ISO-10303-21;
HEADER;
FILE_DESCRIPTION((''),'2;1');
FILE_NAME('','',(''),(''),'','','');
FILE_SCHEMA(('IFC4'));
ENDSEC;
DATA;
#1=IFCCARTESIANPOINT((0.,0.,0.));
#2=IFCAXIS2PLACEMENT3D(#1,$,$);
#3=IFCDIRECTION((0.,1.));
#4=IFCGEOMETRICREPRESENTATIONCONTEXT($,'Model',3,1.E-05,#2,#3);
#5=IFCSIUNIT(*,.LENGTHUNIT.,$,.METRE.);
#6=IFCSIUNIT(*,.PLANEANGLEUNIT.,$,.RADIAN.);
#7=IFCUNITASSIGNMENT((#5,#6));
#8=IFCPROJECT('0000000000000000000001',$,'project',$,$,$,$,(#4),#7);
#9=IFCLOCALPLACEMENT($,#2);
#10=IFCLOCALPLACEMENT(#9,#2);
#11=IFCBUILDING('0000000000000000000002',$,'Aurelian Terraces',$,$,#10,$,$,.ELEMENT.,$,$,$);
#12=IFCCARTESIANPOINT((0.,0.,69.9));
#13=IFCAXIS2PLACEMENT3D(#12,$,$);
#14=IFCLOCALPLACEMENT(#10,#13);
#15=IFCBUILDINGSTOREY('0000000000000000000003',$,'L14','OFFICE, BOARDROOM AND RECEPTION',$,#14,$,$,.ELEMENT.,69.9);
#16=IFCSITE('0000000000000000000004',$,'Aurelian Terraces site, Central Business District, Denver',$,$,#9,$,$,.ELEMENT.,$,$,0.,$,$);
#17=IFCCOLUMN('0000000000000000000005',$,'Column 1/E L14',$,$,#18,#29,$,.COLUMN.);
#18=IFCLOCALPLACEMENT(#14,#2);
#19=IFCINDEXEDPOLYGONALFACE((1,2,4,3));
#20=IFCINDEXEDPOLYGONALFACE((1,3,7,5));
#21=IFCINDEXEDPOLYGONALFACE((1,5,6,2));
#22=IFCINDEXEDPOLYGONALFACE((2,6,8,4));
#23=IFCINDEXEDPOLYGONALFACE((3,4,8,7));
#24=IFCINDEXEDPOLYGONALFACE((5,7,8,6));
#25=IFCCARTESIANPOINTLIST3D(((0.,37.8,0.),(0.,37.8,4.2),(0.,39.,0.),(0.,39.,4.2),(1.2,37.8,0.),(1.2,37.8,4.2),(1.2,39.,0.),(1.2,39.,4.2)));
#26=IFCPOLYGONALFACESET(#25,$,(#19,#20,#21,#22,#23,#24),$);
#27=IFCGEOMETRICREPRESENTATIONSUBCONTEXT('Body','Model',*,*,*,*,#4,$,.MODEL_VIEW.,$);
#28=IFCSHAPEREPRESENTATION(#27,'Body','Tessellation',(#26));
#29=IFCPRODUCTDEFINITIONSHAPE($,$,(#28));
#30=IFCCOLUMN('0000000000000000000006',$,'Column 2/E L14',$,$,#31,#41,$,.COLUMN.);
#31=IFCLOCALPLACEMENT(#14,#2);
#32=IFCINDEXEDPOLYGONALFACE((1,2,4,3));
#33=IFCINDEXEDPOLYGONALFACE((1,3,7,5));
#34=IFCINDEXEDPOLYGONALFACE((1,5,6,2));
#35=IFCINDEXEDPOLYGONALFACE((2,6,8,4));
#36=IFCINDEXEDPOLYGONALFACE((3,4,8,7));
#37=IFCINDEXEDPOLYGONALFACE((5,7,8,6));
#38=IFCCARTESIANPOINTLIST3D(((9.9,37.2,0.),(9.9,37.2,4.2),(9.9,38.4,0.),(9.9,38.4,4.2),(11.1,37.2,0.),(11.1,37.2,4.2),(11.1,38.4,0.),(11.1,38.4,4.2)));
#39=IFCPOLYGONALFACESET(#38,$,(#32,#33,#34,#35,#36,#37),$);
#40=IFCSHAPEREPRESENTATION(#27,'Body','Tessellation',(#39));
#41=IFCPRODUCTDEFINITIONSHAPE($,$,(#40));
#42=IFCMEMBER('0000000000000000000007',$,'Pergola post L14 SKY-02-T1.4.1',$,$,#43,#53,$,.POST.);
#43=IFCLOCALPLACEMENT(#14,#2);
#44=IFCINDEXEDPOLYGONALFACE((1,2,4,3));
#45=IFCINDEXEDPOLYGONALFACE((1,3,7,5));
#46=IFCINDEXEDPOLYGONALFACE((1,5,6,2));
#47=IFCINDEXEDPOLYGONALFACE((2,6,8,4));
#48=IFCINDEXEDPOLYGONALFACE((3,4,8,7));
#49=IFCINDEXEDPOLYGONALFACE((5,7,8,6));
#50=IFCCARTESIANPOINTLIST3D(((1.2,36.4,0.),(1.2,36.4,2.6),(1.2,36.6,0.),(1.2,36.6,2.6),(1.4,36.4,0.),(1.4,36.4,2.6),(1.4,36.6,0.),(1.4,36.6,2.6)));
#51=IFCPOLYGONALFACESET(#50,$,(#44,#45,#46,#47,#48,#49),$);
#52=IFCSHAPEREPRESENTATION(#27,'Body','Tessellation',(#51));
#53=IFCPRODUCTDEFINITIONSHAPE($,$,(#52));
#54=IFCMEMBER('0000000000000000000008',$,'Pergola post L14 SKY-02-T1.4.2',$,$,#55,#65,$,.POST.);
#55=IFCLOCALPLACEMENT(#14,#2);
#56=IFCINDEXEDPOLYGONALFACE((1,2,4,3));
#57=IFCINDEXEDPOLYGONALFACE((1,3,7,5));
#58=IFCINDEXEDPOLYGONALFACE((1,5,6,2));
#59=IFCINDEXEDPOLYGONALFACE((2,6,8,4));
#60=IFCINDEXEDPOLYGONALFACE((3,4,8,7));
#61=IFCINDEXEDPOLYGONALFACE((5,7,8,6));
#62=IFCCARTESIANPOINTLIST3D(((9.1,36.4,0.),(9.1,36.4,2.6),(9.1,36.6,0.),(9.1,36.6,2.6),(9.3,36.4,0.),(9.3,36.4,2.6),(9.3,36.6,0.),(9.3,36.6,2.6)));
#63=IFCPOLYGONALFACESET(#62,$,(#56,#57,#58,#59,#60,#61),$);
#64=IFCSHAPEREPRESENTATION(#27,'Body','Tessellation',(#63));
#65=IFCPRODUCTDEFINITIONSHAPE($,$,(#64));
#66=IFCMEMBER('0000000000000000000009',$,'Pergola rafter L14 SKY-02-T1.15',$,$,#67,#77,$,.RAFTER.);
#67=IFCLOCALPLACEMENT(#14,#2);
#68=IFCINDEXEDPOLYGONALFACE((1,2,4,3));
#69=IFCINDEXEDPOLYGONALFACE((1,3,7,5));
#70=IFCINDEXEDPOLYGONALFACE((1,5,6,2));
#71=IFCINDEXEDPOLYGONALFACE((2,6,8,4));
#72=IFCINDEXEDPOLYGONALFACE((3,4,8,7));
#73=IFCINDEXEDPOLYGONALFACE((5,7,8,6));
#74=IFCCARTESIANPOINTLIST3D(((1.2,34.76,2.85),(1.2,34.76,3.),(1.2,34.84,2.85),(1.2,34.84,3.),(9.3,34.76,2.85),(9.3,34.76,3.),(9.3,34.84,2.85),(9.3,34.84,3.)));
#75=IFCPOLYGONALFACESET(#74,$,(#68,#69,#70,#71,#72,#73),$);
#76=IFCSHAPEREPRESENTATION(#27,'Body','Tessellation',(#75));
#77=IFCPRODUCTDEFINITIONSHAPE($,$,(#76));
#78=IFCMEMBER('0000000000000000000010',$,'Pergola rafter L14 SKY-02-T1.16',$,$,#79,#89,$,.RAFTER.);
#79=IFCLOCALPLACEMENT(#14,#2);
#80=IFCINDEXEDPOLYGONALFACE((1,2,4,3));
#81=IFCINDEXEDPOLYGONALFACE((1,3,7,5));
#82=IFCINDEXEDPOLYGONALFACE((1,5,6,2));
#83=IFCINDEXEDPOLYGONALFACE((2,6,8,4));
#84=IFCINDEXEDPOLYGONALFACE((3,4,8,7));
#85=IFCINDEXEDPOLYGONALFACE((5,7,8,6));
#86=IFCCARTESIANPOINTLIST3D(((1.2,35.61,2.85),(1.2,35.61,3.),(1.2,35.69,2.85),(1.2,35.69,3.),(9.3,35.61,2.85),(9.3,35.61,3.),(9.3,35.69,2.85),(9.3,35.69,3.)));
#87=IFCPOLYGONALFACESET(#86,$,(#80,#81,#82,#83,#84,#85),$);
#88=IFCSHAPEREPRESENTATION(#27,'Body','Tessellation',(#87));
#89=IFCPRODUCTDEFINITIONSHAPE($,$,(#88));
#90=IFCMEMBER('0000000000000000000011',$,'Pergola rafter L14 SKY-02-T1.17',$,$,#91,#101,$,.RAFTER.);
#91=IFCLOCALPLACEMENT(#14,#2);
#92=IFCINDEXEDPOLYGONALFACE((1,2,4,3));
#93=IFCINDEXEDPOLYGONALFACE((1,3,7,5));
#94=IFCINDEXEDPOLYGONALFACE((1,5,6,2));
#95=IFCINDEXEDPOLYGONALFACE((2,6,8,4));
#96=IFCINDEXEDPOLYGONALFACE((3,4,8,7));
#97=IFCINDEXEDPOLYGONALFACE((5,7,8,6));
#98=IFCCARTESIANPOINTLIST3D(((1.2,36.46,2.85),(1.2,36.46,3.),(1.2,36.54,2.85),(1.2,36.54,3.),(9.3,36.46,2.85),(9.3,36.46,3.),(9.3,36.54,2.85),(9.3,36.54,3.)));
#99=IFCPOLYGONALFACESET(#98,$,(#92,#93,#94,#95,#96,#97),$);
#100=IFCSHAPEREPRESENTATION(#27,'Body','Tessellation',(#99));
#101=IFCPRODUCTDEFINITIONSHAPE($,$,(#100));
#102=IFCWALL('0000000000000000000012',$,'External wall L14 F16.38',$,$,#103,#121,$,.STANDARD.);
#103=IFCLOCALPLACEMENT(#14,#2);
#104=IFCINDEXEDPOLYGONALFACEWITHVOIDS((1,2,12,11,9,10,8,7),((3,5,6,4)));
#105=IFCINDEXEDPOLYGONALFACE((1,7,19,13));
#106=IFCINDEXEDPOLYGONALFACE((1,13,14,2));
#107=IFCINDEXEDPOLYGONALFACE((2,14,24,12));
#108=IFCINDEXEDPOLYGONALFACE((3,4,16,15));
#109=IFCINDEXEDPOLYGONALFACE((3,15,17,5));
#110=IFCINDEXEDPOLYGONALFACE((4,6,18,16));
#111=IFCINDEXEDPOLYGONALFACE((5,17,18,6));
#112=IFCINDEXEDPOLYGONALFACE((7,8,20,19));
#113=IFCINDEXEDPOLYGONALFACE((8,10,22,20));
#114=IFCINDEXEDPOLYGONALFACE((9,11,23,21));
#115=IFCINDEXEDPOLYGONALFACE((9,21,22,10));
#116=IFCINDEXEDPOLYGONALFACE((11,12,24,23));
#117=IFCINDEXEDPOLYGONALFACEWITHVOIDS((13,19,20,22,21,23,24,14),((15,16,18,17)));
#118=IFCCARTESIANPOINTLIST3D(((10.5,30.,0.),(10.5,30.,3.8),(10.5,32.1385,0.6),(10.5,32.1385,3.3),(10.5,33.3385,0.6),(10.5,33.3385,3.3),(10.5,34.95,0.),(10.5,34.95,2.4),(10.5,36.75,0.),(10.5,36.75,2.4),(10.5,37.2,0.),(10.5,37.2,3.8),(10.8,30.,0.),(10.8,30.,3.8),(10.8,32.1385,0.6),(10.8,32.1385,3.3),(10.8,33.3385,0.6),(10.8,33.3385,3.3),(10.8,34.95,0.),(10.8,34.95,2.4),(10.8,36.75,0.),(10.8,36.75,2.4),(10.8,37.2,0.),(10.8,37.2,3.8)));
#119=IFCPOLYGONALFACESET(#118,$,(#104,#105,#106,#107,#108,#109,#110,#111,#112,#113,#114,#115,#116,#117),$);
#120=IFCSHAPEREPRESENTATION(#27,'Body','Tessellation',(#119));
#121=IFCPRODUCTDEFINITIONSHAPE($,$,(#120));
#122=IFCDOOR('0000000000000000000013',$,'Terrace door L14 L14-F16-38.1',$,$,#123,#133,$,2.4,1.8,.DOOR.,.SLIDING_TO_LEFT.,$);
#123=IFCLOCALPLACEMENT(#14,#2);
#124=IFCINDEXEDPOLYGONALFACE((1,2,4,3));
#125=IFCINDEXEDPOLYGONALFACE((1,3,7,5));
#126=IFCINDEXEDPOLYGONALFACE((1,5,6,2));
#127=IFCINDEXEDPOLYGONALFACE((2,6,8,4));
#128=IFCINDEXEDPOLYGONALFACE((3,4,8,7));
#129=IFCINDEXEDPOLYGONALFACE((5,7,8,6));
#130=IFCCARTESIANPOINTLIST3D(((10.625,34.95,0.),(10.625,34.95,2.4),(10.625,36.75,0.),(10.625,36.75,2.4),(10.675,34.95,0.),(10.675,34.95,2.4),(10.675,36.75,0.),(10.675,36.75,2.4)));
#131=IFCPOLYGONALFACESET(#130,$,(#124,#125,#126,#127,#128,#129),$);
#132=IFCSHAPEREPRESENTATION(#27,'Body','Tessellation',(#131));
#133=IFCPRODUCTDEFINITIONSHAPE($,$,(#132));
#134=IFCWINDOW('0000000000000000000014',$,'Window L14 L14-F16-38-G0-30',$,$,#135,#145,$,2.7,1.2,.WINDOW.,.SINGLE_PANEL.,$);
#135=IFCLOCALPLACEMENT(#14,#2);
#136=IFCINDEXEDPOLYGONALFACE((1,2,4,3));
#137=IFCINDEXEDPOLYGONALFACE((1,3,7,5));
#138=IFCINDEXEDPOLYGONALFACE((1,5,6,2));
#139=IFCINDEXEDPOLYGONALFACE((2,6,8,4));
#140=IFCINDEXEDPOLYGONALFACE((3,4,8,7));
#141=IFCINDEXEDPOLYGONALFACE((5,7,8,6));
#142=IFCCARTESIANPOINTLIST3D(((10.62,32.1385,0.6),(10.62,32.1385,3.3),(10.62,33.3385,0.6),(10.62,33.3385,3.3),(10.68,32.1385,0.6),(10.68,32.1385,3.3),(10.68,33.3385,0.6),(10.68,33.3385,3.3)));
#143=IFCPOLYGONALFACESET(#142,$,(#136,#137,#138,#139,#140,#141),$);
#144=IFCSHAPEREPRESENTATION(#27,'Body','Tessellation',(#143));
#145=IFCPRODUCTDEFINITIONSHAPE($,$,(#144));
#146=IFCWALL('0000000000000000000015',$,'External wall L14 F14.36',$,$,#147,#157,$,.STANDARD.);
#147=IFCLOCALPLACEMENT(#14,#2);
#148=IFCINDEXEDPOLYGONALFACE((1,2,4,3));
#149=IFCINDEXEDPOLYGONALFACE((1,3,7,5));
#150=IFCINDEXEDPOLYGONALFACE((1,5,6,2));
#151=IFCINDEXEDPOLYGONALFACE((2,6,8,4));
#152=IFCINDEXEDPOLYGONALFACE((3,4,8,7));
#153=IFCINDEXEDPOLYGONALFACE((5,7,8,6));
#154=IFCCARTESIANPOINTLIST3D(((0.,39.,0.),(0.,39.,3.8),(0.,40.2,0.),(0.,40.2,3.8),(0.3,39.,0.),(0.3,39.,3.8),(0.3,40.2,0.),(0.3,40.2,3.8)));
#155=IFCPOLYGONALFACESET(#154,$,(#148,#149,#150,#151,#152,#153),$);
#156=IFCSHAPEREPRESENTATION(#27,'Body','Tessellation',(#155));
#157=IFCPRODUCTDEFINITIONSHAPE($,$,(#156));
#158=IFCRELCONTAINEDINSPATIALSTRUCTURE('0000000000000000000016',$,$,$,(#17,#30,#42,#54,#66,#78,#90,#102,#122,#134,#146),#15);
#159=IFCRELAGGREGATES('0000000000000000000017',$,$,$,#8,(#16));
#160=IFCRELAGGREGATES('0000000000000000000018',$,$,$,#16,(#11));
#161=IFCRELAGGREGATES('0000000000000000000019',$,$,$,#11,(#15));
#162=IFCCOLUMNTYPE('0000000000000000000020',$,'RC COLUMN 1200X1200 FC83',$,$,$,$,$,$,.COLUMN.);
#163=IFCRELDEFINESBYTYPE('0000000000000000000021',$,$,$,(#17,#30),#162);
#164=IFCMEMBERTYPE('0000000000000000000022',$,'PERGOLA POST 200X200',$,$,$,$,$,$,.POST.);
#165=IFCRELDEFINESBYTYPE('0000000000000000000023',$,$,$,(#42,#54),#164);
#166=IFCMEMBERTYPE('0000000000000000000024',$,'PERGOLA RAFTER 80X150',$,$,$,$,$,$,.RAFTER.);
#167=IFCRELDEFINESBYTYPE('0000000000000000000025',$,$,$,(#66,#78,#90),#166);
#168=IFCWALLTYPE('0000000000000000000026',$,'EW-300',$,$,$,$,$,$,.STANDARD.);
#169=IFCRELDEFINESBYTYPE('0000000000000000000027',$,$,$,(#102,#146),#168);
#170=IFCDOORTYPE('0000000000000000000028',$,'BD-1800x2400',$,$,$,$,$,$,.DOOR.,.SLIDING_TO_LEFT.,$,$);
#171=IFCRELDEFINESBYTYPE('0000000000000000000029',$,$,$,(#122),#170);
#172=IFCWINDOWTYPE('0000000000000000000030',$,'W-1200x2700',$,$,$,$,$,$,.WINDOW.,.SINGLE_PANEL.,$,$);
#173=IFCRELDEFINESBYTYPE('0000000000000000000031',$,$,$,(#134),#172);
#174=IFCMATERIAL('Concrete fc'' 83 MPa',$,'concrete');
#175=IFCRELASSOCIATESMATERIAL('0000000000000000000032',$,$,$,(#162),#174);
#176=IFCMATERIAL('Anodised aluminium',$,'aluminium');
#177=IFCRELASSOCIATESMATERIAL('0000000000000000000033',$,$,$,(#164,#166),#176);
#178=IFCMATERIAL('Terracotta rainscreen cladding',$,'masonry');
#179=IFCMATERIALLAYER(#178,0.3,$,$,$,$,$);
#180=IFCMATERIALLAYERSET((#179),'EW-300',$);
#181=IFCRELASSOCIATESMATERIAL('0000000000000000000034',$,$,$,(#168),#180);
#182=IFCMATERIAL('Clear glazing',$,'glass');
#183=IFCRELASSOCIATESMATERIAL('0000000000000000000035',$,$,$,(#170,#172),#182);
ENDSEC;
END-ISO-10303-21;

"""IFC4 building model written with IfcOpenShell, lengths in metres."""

from ifc_helpers import new_model, si_unit, direction, frame, frame_2d, origin, origin_2d, place, context, subcontext, project, spatial, rectangle, extrude, source, transform, mapped, material, layer, layer_set, material_profile, profile_set, type_object, element, fill, save


model = new_model("IFC4")

# Units and contexts
model_context = context("Model", 3, precision=1e-05, world=origin(), true_north=direction((0.0, 1.0)))
body_context = subcontext(model_context, "Body", "Model", "MODEL_VIEW")
ifc_project = project(units=[si_unit("LENGTHUNIT", "METRE"), si_unit("PLANEANGLEUNIT", "RADIAN")], contexts=[model_context])

# Site, building, storey
site_placement = place(None, origin())
site = spatial("IfcSite", under=ifc_project, at=site_placement, Name="Aurelian Terraces site, Central Business District, Denver", CompositionType="ELEMENT", RefElevation=0.0)
building_placement = place(site_placement, origin())
building = spatial("IfcBuilding", under=site, at=building_placement, Name="Aurelian Terraces", CompositionType="ELEMENT")
storey_placement = place(building_placement, frame((0.0, 0.0, 69.9)))
storey = spatial("IfcBuildingStorey", under=building, at=storey_placement, Name="L14", Description="OFFICE, BOARDROOM AND RECEPTION", CompositionType="ELEMENT", Elevation=69.9)

# Columns
ifc_material_1 = material(Name="Concrete fc' 83 MPa", Category="concrete")
ifc_material_profile_1 = material_profile(ifc_material_1, rectangle(XDim=1.2, YDim=1.2, at=origin_2d()))
ifc_profile_set_1 = profile_set([ifc_material_profile_1], Name="Concrete fc' 83 MPa")
column_type = type_object("IfcColumnType", Name="RC COLUMN 1200X1200 FC83", PredefinedType="COLUMN", material=ifc_profile_set_1)
shared_shape_1 = source(origin(), body_context, "Body", "SweptSolid", [
    extrude(rectangle(XDim=1.2, YDim=1.2, at=origin_2d()), origin(), (0.0, 0.0, 1.0), 4.2),
])
for number, where, z_axis, x_axis, name in (
    (1, (0.6, 38.4, 0.0), (0.0, 0.0, 1.0), (1.0, 0.0, 0.0), "Column 1/E L14"),
    (2, (10.5, 37.8, 0.0), (0.0, 0.0, 1.0), (1.0, 0.0, 0.0), "Column 2/E L14"),
):
    element("IfcColumn", number, at=place(storey_placement, frame(where, z_axis=z_axis, x_axis=x_axis)), inside=storey, type_object=column_type, Name=name, PredefinedType="COLUMN", context=body_context, shape_type="MappedRepresentation", body=[
        mapped(shared_shape_1, transform((0.0, 0.0, 0.0), scale=1.0)),
    ])

# Members
ifc_material_2 = material(Name="Anodised aluminium", Category="aluminium")
ifc_material_profile_2 = material_profile(ifc_material_2, rectangle(XDim=0.2, YDim=0.2, at=origin_2d()))
ifc_profile_set_2 = profile_set([ifc_material_profile_2], Name="Anodised aluminium")
member_type_1 = type_object("IfcMemberType", Name="PERGOLA POST 200X200", PredefinedType="POST", material=ifc_profile_set_2)
shared_shape_2 = source(origin(), body_context, "Body", "SweptSolid", [
    extrude(rectangle(XDim=0.2, YDim=0.2, at=origin_2d()), origin(), (0.0, 0.0, 1.0), 2.6),
])
for number, where, z_axis, x_axis, name in (
    (3, (1.3, 36.5, 0.0), (0.0, 0.0, 1.0), (1.0, 0.0, 0.0), "Pergola post L14 SKY-02-T1.4.1"),
    (4, (9.2, 36.5, 0.0), (0.0, 0.0, 1.0), (1.0, 0.0, 0.0), "Pergola post L14 SKY-02-T1.4.2"),
):
    element("IfcMember", number, at=place(storey_placement, frame(where, z_axis=z_axis, x_axis=x_axis)), inside=storey, type_object=member_type_1, Name=name, PredefinedType="POST", context=body_context, shape_type="MappedRepresentation", body=[
        mapped(shared_shape_2, transform((0.0, 0.0, 0.0), scale=1.0)),
    ])
ifc_material_profile_3 = material_profile(ifc_material_2, rectangle(XDim=0.08, YDim=0.15, at=origin_2d()))
ifc_profile_set_3 = profile_set([ifc_material_profile_3], Name="Anodised aluminium")
member_type_2 = type_object("IfcMemberType", Name="PERGOLA RAFTER 80X150", PredefinedType="RAFTER", material=ifc_profile_set_3)
shared_shape_3 = source(origin(), body_context, "Body", "SweptSolid", [
    extrude(rectangle(XDim=0.08, YDim=0.15, at=origin_2d()), origin(), (0.0, 0.0, 1.0), 8.1),
])
for number, where, z_axis, x_axis, name in (
    (5, (1.2, 34.8, 2.925), (1.0, 0.0, 0.0), (0.0, 1.0, 0.0), "Pergola rafter L14 SKY-02-T1.15"),
    (6, (1.2, 35.65, 2.925), (1.0, 0.0, 0.0), (0.0, 1.0, 0.0), "Pergola rafter L14 SKY-02-T1.16"),
    (7, (1.2, 36.5, 2.925), (1.0, 0.0, 0.0), (0.0, 1.0, 0.0), "Pergola rafter L14 SKY-02-T1.17"),
):
    element("IfcMember", number, at=place(storey_placement, frame(where, z_axis=z_axis, x_axis=x_axis)), inside=storey, type_object=member_type_2, Name=name, PredefinedType="RAFTER", context=body_context, shape_type="MappedRepresentation", body=[
        mapped(shared_shape_3, transform((0.0, 0.0, 0.0), scale=1.0)),
    ])

# Wall, openings, door, window
ifc_material_3 = material(Name="Terracotta rainscreen cladding", Category="masonry")
ifc_layer_1 = layer(ifc_material_3, 0.3)
ifc_layer_set_1 = layer_set([ifc_layer_1], Name="EW-300")
wall_type_1 = type_object("IfcWallType", Name="EW-300", PredefinedType="STANDARD", material=ifc_layer_set_1)
shared_shape_4 = source(origin(), body_context, "Body", "SweptSolid", [
    extrude(rectangle(XDim=7.2, YDim=0.3, at=frame_2d((3.6, 0.0))), origin(), (0.0, 0.0, 1.0), 3.8),
])
wall_1_placement = place(storey_placement, frame((10.65, 37.2, 0.0), z_axis=(0.0, 0.0, 1.0), x_axis=(0.0, -1.0, 0.0)))
wall_1 = element("IfcWall", 8, at=wall_1_placement, inside=storey, type_object=wall_type_1, Name="External wall L14 F16.38", PredefinedType="STANDARD", context=body_context, shape_type="MappedRepresentation", body=[
    mapped(shared_shape_4, transform((0.0, 0.0, 0.0), scale=1.0)),
])
shared_shape_5 = source(origin(), body_context, "Body", "SweptSolid", [
    extrude(rectangle(XDim=1.8, YDim=2.4, at=frame_2d((0.9, 1.2))), frame((0.0, 0.16, 0.0), z_axis=(0.0, -1.0, 0.0), x_axis=(1.0, 0.0, 0.0)), (0.0, 0.0, 1.0), 0.32),
])
opening_1_placement = place(wall_1_placement, frame((0.45, 0.0, 0.0)))
opening_1 = element("IfcOpeningElement", 9, at=opening_1_placement, cuts=wall_1, PredefinedType="OPENING", context=body_context, shape_type="MappedRepresentation", body=[
    mapped(shared_shape_5, transform((0.0, 0.0, 0.0), scale=1.0)),
])
shared_shape_6 = source(origin(), body_context, "Body", "SweptSolid", [
    extrude(rectangle(XDim=1.2, YDim=2.7, at=frame_2d((0.6, 1.35))), frame((0.0, 0.16, 0.0), z_axis=(0.0, -1.0, 0.0), x_axis=(1.0, 0.0, 0.0)), (0.0, 0.0, 1.0), 0.32),
])
opening_2_placement = place(wall_1_placement, frame((3.8615, 0.0, 0.6)))
opening_2 = element("IfcOpeningElement", 10, at=opening_2_placement, cuts=wall_1, PredefinedType="OPENING", context=body_context, shape_type="MappedRepresentation", body=[
    mapped(shared_shape_6, transform((0.0, 0.0, 0.0), scale=1.0)),
])
ifc_material_4 = material(Name="Clear glazing", Category="glass")
door_type_1 = type_object("IfcDoorType", Name="BD-1800x2400", OperationType="SLIDING_TO_LEFT", PredefinedType="DOOR", material=ifc_material_4)
shared_shape_7 = source(origin(), body_context, "Body", "SweptSolid", [
    extrude(rectangle(XDim=1.8, YDim=2.4, at=frame_2d((0.9, 1.2))), frame((0.0, 0.025, 0.0), z_axis=(0.0, -1.0, 0.0), x_axis=(1.0, 0.0, 0.0)), (0.0, 0.0, 1.0), 0.05),
])
door_1_placement = place(opening_1_placement, origin())
door_1 = element("IfcDoor", 11, at=door_1_placement, inside=storey, type_object=door_type_1, Name="Terrace door L14 L14-F16-38.1", OperationType="SLIDING_TO_LEFT", OverallHeight=2.4, OverallWidth=1.8, PredefinedType="DOOR", context=body_context, shape_type="MappedRepresentation", body=[
    mapped(shared_shape_7, transform((0.0, 0.0, 0.0), scale=1.0)),
])
fill(opening_1, door_1)
window_type_1 = type_object("IfcWindowType", Name="W-1200x2700", PartitioningType="SINGLE_PANEL", PredefinedType="WINDOW", material=ifc_material_4)
shared_shape_8 = source(origin(), body_context, "Body", "SweptSolid", [
    extrude(rectangle(XDim=1.2, YDim=2.7, at=frame_2d((0.6, 1.35))), frame((0.0, 0.03, 0.0), z_axis=(0.0, -1.0, 0.0), x_axis=(1.0, 0.0, 0.0)), (0.0, 0.0, 1.0), 0.06),
])
window_1_placement = place(opening_2_placement, origin())
window_1 = element("IfcWindow", 12, at=window_1_placement, inside=storey, type_object=window_type_1, Name="Window L14 L14-F16-38-G0-30", OverallHeight=2.7, OverallWidth=1.2, PartitioningType="SINGLE_PANEL", PredefinedType="WINDOW", context=body_context, shape_type="MappedRepresentation", body=[
    mapped(shared_shape_8, transform((0.0, 0.0, 0.0), scale=1.0)),
])
fill(opening_2, window_1)

# Wall
shared_shape_9 = source(origin(), body_context, "Body", "SweptSolid", [
    extrude(rectangle(XDim=1.2, YDim=0.3, at=frame_2d((0.6, 0.0))), origin(), (0.0, 0.0, 1.0), 3.8),
])
wall_2_placement = place(storey_placement, frame((0.15, 40.2, 0.0), z_axis=(0.0, 0.0, 1.0), x_axis=(0.0, -1.0, 0.0)))
element("IfcWall", 13, at=wall_2_placement, inside=storey, type_object=wall_type_1, Name="External wall L14 F14.36", PredefinedType="STANDARD", context=body_context, shape_type="MappedRepresentation", body=[
    mapped(shared_shape_9, transform((0.0, 0.0, 0.0), scale=1.0)),
])

save(model, "model.ifc")
